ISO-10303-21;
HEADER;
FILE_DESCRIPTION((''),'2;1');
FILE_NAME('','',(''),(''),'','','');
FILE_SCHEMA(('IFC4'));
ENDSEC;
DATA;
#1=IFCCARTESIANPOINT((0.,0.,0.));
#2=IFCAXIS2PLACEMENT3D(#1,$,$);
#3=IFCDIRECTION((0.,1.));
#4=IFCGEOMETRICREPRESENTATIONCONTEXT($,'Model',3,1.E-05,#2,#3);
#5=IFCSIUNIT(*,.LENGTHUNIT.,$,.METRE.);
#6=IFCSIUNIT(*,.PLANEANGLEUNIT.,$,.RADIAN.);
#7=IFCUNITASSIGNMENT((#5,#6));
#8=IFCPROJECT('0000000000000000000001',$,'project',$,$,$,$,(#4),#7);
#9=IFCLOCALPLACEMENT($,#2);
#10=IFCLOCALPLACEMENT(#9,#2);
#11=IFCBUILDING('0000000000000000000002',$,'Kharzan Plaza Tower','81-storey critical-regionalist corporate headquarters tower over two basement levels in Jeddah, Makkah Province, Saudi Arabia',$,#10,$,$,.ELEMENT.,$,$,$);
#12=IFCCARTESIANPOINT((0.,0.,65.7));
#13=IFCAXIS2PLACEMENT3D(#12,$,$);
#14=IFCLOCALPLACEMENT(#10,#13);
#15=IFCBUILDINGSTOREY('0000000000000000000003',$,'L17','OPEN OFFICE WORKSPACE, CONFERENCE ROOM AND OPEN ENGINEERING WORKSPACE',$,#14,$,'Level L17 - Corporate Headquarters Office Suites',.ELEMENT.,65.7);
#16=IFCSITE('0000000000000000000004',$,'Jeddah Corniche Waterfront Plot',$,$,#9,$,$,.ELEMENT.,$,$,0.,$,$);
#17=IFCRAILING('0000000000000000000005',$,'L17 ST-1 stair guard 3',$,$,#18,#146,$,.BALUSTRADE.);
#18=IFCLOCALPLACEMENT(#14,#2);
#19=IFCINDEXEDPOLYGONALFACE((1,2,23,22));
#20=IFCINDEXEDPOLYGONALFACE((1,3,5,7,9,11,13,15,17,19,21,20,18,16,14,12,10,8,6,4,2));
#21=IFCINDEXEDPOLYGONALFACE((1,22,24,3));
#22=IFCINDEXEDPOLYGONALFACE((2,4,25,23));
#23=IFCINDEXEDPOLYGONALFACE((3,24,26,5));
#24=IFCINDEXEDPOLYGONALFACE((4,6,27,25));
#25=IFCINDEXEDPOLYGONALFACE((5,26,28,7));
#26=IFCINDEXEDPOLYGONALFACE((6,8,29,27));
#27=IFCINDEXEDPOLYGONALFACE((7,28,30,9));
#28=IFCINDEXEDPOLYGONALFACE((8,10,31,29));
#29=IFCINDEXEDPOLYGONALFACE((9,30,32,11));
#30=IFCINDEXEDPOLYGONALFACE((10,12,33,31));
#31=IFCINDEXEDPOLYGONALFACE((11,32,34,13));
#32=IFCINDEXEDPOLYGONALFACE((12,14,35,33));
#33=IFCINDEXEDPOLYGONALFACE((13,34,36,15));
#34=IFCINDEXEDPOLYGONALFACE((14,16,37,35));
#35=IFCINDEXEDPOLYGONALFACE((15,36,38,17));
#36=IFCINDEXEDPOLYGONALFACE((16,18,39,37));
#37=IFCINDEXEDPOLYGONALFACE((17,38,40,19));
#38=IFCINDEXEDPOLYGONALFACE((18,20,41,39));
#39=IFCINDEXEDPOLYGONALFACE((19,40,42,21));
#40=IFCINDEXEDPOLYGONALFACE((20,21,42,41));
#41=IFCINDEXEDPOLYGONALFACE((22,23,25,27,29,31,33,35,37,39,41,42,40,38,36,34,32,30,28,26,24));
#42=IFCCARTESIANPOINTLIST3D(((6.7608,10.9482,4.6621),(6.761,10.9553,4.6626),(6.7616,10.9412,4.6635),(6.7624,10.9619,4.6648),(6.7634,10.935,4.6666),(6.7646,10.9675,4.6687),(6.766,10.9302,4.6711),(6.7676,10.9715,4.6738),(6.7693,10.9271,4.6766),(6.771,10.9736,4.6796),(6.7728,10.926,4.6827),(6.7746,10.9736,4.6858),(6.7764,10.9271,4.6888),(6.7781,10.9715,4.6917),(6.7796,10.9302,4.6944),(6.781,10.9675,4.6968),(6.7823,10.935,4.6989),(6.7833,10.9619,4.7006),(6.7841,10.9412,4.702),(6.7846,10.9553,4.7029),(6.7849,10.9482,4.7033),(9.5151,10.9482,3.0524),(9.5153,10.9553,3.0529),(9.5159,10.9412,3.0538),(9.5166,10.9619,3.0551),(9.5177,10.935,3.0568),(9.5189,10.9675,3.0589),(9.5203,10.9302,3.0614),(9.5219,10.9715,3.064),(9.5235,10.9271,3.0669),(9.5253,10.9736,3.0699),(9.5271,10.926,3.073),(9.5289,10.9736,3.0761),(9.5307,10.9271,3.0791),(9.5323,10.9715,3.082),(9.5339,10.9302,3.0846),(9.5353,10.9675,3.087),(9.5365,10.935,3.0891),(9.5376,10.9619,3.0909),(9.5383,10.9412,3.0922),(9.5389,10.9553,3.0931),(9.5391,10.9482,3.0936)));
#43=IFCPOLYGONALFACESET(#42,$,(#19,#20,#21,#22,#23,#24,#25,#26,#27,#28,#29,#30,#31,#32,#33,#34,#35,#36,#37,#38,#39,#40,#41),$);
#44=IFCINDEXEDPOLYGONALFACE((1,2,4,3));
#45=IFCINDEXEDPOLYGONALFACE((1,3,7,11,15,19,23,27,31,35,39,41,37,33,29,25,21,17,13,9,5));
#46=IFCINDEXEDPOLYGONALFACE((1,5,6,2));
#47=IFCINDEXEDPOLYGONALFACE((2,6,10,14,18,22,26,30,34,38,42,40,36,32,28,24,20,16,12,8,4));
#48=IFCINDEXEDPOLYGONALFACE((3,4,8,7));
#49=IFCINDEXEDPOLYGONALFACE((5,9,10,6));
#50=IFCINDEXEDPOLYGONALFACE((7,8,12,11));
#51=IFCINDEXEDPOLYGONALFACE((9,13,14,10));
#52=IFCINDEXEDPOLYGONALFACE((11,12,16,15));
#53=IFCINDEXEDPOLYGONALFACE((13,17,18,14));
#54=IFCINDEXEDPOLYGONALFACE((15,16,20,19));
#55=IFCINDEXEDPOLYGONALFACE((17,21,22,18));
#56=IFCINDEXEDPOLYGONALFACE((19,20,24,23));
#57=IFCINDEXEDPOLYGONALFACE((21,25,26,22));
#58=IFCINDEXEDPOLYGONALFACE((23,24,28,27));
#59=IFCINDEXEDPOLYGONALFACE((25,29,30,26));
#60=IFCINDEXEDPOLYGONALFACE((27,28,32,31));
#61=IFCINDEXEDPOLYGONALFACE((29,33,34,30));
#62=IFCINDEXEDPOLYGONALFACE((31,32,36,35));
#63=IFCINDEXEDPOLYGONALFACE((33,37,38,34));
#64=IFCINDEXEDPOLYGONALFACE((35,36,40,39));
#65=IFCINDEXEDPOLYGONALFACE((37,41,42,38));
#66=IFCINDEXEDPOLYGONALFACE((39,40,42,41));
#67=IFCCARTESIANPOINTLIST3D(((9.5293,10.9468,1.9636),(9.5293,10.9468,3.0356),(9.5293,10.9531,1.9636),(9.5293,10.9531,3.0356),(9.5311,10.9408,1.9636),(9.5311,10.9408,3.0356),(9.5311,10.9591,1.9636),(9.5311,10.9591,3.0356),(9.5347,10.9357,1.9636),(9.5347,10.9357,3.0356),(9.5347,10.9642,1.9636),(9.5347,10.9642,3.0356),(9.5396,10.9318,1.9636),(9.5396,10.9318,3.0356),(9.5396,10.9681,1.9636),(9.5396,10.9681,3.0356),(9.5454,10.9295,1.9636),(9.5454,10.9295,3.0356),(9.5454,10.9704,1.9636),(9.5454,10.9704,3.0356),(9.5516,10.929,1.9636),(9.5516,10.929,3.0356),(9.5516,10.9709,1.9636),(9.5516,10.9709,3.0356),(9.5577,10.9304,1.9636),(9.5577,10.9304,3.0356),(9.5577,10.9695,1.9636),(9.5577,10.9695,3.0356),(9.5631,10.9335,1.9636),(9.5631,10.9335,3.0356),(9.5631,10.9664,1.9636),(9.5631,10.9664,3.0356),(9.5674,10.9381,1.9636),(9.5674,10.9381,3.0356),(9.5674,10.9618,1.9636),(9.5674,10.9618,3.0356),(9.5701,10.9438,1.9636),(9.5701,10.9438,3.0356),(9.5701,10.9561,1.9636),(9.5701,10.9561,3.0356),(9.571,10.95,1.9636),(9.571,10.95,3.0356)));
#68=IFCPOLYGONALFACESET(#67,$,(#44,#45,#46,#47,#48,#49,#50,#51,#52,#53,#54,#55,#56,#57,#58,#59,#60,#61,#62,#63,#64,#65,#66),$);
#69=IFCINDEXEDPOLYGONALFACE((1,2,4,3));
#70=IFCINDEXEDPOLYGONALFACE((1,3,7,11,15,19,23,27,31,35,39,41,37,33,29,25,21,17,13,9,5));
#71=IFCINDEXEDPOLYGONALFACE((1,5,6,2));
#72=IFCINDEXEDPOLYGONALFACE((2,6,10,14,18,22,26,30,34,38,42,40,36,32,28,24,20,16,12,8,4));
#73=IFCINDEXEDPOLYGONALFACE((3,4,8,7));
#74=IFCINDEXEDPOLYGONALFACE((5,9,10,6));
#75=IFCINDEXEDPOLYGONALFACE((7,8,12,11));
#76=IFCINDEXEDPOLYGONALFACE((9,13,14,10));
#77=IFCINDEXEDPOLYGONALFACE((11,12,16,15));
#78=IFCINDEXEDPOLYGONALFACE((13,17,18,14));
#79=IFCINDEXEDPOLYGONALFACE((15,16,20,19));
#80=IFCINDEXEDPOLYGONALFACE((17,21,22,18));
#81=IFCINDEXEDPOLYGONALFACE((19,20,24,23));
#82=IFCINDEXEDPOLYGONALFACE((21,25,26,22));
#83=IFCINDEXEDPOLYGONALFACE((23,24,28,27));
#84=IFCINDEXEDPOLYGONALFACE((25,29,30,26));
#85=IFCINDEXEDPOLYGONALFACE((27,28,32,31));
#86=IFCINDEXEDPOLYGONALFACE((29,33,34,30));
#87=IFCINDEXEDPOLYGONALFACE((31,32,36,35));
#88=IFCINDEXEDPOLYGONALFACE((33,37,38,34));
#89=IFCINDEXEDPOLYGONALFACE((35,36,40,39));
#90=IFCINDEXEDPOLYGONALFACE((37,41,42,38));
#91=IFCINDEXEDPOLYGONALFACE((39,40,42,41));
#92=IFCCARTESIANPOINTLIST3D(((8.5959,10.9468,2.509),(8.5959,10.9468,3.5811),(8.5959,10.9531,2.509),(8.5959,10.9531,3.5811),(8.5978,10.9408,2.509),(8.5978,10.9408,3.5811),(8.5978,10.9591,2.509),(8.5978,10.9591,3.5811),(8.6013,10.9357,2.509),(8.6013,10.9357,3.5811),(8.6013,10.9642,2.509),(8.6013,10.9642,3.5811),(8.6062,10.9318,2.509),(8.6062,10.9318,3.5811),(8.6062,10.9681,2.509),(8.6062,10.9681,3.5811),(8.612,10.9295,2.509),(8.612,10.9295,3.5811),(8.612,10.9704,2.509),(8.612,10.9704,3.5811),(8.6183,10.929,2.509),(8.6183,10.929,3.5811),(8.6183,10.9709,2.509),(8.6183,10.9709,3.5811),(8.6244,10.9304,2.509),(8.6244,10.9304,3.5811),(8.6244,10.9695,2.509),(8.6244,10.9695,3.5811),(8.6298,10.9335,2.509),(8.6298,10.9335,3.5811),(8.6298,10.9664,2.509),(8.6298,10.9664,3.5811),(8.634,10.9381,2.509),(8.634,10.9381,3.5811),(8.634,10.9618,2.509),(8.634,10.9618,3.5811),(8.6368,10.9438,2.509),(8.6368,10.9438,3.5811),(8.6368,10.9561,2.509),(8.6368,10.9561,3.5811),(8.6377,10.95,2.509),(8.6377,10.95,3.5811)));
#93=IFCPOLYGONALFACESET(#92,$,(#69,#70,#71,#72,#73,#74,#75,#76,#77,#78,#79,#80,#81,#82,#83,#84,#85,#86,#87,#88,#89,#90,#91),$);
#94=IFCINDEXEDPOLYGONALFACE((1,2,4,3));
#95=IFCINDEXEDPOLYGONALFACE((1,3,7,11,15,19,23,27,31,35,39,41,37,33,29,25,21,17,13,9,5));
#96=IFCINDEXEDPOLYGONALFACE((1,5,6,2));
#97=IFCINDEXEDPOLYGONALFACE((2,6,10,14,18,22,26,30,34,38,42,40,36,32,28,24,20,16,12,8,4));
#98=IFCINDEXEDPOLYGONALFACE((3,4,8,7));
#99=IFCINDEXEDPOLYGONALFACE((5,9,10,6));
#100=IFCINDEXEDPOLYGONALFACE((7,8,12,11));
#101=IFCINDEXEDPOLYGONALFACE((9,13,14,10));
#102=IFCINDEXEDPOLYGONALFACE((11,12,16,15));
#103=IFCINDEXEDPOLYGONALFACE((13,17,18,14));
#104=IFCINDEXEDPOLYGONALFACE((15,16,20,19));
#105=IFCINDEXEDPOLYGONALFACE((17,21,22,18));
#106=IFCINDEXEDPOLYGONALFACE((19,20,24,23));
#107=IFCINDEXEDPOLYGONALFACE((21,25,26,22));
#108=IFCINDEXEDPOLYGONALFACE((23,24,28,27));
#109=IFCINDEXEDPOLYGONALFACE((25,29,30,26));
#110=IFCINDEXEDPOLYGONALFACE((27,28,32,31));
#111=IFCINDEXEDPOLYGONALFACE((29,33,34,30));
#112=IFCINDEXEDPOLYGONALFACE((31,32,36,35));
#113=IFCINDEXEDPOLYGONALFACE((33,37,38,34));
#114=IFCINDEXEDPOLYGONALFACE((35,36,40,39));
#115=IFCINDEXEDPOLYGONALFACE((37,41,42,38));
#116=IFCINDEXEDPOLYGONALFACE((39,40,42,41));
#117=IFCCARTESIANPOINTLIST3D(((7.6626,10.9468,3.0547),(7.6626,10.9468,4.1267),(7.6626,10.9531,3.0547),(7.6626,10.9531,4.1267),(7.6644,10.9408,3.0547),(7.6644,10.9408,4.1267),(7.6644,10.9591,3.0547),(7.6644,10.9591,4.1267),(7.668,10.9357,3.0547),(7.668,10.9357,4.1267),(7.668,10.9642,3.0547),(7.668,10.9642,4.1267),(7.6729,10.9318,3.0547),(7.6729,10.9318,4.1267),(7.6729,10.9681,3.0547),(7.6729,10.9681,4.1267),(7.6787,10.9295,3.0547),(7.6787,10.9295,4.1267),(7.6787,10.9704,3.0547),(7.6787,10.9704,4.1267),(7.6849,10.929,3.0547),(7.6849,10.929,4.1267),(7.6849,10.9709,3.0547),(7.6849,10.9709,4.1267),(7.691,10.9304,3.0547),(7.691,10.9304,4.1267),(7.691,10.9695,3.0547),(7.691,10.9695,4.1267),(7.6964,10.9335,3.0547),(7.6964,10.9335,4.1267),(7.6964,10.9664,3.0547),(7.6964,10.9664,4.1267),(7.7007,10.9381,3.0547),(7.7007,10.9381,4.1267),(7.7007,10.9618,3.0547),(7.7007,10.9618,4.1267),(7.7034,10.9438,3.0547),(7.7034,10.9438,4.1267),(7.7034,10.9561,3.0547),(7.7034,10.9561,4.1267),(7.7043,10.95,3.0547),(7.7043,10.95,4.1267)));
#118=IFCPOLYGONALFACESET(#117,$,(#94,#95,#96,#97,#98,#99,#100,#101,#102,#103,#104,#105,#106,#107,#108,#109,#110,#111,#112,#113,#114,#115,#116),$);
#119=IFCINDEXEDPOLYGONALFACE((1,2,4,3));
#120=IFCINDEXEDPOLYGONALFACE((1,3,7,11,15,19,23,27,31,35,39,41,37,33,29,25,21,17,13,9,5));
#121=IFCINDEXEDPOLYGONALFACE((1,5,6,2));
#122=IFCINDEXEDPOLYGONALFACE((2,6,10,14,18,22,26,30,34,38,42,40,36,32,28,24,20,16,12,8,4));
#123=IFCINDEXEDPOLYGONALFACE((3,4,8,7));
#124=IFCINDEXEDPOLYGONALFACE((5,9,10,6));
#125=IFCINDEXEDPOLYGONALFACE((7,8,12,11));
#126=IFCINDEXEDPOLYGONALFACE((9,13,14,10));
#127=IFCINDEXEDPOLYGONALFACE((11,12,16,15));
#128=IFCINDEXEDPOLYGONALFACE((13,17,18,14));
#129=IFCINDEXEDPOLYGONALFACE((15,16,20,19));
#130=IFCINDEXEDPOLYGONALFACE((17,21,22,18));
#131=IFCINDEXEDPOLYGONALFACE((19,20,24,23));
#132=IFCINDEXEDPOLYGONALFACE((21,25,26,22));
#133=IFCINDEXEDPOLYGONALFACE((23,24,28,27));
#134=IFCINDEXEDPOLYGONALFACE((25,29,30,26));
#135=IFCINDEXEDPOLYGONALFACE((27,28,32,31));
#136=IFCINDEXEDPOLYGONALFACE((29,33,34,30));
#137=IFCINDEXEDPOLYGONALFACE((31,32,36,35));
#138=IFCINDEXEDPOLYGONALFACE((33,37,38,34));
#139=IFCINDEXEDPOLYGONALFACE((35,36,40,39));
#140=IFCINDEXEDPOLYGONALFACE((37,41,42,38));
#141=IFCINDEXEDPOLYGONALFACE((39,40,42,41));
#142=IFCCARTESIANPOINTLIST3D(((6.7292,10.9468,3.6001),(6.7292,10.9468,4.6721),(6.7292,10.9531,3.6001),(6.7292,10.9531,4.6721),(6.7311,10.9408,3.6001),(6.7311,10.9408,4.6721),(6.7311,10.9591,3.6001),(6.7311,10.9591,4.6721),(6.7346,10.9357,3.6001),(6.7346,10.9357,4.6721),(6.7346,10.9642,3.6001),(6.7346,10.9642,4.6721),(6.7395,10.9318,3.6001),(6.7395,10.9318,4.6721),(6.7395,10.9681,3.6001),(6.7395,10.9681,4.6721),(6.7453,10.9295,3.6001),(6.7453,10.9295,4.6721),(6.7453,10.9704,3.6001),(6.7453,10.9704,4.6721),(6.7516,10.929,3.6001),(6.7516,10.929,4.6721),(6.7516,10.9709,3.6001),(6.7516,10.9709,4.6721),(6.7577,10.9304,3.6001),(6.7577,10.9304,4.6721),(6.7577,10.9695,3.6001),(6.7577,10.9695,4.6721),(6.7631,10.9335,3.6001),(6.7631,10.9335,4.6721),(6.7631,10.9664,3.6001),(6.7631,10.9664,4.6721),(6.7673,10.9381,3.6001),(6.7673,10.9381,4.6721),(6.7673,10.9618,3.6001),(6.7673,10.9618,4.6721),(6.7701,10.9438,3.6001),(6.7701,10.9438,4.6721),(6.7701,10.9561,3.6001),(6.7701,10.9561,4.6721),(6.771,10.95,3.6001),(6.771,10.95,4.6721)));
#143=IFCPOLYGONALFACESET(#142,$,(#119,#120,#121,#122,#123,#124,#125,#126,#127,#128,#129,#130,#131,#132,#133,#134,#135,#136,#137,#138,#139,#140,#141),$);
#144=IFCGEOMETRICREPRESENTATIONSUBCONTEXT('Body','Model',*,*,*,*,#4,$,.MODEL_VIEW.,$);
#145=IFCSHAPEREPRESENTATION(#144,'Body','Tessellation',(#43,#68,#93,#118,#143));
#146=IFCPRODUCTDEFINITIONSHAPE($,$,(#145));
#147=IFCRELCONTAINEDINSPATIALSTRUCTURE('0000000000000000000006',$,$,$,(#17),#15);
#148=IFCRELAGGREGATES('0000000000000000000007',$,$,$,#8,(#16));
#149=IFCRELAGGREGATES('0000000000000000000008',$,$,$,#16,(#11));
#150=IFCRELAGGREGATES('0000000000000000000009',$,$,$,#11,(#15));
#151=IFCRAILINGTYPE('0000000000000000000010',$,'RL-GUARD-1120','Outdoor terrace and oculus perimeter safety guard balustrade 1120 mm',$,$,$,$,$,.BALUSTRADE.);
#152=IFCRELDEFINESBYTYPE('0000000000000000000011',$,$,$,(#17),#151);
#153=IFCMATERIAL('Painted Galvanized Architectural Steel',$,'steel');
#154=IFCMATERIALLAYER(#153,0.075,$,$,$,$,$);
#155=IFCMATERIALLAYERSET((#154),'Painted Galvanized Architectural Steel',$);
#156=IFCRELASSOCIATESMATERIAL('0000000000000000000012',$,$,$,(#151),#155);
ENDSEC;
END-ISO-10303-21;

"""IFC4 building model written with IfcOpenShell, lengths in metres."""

from ifc_helpers import new_model, si_unit, direction, frame, origin, origin_2d, place, context, subcontext, project, spatial, circle, extrude, source, transform, mapped, material, layer, layer_set, type_object, element, save


model = new_model("IFC4")

# Units and contexts
model_context = context("Model", 3, precision=1e-05, world=origin(), true_north=direction((0.0, 1.0)))
body_context = subcontext(model_context, "Body", "Model", "MODEL_VIEW")
ifc_project = project(units=[si_unit("LENGTHUNIT", "METRE"), si_unit("PLANEANGLEUNIT", "RADIAN")], contexts=[model_context])

# Site, building, storey
site_placement = place(None, origin())
site = spatial("IfcSite", under=ifc_project, at=site_placement, Name="Jeddah Corniche Waterfront Plot", CompositionType="ELEMENT", RefElevation=0.0)
building_placement = place(site_placement, origin())
building = spatial("IfcBuilding", under=site, at=building_placement, Name="Kharzan Plaza Tower", Description="81-storey critical-regionalist corporate headquarters tower over two basement levels in Jeddah, Makkah Province, Saudi Arabia", CompositionType="ELEMENT")
storey_placement = place(building_placement, frame((0.0, 0.0, 65.7)))
storey = spatial("IfcBuildingStorey", under=building, at=storey_placement, Name="L17", Description="OPEN OFFICE WORKSPACE, CONFERENCE ROOM AND OPEN ENGINEERING WORKSPACE", LongName="Level L17 - Corporate Headquarters Office Suites", CompositionType="ELEMENT", Elevation=65.7)

# Railing
ifc_material_1 = material(Name="Painted Galvanized Architectural Steel", Category="steel")
ifc_layer_1 = layer(ifc_material_1, 0.075)
ifc_layer_set_1 = layer_set([ifc_layer_1], Name="Painted Galvanized Architectural Steel")
railing_type_1 = type_object("IfcRailingType", Name="RL-GUARD-1120", Description="Outdoor terrace and oculus perimeter safety guard balustrade 1120 mm", PredefinedType="BALUSTRADE", material=ifc_layer_set_1)
shared_shape_1 = source(origin(), body_context, "Body", "SweptSolid", [
    extrude(circle(Radius=0.0239, at=origin_2d()), frame((-0.0229, 0.0, 1.1094), z_axis=(-0.863361, 0.0, 0.504587), x_axis=(0.0, -1.0, 0.0)), (0.0, 0.0, 1.0), 3.1902),
    extrude(circle(Radius=0.021, at=origin_2d()), origin(), (0.0, 0.0, 1.0), 1.072),
    extrude(circle(Radius=0.021, at=origin_2d()), frame((-0.9333, 0.0, 0.5454)), (0.0, 0.0, 1.0), 1.072),
    extrude(circle(Radius=0.021, at=origin_2d()), frame((-1.8667, 0.0, 1.0911)), (0.0, 0.0, 1.0), 1.072),
    extrude(circle(Radius=0.021, at=origin_2d()), frame((-2.8, 0.0, 1.6365)), (0.0, 0.0, 1.0), 1.072),
])
railing_1_placement = place(storey_placement, frame((9.55, 10.95, 1.9636)))
element("IfcRailing", 1, at=railing_1_placement, inside=storey, type_object=railing_type_1, Name="L17 ST-1 stair guard 3", PredefinedType="BALUSTRADE", context=body_context, shape_type="MappedRepresentation", body=[
    mapped(shared_shape_1, transform((0.0, 0.0, 0.0), x_axis=(1.0, 0.0, 0.0), y_axis=(0.0, 1.0, 0.0), z_axis=(0.0, 0.0, 1.0))),
])

save(model, "model.ifc")
